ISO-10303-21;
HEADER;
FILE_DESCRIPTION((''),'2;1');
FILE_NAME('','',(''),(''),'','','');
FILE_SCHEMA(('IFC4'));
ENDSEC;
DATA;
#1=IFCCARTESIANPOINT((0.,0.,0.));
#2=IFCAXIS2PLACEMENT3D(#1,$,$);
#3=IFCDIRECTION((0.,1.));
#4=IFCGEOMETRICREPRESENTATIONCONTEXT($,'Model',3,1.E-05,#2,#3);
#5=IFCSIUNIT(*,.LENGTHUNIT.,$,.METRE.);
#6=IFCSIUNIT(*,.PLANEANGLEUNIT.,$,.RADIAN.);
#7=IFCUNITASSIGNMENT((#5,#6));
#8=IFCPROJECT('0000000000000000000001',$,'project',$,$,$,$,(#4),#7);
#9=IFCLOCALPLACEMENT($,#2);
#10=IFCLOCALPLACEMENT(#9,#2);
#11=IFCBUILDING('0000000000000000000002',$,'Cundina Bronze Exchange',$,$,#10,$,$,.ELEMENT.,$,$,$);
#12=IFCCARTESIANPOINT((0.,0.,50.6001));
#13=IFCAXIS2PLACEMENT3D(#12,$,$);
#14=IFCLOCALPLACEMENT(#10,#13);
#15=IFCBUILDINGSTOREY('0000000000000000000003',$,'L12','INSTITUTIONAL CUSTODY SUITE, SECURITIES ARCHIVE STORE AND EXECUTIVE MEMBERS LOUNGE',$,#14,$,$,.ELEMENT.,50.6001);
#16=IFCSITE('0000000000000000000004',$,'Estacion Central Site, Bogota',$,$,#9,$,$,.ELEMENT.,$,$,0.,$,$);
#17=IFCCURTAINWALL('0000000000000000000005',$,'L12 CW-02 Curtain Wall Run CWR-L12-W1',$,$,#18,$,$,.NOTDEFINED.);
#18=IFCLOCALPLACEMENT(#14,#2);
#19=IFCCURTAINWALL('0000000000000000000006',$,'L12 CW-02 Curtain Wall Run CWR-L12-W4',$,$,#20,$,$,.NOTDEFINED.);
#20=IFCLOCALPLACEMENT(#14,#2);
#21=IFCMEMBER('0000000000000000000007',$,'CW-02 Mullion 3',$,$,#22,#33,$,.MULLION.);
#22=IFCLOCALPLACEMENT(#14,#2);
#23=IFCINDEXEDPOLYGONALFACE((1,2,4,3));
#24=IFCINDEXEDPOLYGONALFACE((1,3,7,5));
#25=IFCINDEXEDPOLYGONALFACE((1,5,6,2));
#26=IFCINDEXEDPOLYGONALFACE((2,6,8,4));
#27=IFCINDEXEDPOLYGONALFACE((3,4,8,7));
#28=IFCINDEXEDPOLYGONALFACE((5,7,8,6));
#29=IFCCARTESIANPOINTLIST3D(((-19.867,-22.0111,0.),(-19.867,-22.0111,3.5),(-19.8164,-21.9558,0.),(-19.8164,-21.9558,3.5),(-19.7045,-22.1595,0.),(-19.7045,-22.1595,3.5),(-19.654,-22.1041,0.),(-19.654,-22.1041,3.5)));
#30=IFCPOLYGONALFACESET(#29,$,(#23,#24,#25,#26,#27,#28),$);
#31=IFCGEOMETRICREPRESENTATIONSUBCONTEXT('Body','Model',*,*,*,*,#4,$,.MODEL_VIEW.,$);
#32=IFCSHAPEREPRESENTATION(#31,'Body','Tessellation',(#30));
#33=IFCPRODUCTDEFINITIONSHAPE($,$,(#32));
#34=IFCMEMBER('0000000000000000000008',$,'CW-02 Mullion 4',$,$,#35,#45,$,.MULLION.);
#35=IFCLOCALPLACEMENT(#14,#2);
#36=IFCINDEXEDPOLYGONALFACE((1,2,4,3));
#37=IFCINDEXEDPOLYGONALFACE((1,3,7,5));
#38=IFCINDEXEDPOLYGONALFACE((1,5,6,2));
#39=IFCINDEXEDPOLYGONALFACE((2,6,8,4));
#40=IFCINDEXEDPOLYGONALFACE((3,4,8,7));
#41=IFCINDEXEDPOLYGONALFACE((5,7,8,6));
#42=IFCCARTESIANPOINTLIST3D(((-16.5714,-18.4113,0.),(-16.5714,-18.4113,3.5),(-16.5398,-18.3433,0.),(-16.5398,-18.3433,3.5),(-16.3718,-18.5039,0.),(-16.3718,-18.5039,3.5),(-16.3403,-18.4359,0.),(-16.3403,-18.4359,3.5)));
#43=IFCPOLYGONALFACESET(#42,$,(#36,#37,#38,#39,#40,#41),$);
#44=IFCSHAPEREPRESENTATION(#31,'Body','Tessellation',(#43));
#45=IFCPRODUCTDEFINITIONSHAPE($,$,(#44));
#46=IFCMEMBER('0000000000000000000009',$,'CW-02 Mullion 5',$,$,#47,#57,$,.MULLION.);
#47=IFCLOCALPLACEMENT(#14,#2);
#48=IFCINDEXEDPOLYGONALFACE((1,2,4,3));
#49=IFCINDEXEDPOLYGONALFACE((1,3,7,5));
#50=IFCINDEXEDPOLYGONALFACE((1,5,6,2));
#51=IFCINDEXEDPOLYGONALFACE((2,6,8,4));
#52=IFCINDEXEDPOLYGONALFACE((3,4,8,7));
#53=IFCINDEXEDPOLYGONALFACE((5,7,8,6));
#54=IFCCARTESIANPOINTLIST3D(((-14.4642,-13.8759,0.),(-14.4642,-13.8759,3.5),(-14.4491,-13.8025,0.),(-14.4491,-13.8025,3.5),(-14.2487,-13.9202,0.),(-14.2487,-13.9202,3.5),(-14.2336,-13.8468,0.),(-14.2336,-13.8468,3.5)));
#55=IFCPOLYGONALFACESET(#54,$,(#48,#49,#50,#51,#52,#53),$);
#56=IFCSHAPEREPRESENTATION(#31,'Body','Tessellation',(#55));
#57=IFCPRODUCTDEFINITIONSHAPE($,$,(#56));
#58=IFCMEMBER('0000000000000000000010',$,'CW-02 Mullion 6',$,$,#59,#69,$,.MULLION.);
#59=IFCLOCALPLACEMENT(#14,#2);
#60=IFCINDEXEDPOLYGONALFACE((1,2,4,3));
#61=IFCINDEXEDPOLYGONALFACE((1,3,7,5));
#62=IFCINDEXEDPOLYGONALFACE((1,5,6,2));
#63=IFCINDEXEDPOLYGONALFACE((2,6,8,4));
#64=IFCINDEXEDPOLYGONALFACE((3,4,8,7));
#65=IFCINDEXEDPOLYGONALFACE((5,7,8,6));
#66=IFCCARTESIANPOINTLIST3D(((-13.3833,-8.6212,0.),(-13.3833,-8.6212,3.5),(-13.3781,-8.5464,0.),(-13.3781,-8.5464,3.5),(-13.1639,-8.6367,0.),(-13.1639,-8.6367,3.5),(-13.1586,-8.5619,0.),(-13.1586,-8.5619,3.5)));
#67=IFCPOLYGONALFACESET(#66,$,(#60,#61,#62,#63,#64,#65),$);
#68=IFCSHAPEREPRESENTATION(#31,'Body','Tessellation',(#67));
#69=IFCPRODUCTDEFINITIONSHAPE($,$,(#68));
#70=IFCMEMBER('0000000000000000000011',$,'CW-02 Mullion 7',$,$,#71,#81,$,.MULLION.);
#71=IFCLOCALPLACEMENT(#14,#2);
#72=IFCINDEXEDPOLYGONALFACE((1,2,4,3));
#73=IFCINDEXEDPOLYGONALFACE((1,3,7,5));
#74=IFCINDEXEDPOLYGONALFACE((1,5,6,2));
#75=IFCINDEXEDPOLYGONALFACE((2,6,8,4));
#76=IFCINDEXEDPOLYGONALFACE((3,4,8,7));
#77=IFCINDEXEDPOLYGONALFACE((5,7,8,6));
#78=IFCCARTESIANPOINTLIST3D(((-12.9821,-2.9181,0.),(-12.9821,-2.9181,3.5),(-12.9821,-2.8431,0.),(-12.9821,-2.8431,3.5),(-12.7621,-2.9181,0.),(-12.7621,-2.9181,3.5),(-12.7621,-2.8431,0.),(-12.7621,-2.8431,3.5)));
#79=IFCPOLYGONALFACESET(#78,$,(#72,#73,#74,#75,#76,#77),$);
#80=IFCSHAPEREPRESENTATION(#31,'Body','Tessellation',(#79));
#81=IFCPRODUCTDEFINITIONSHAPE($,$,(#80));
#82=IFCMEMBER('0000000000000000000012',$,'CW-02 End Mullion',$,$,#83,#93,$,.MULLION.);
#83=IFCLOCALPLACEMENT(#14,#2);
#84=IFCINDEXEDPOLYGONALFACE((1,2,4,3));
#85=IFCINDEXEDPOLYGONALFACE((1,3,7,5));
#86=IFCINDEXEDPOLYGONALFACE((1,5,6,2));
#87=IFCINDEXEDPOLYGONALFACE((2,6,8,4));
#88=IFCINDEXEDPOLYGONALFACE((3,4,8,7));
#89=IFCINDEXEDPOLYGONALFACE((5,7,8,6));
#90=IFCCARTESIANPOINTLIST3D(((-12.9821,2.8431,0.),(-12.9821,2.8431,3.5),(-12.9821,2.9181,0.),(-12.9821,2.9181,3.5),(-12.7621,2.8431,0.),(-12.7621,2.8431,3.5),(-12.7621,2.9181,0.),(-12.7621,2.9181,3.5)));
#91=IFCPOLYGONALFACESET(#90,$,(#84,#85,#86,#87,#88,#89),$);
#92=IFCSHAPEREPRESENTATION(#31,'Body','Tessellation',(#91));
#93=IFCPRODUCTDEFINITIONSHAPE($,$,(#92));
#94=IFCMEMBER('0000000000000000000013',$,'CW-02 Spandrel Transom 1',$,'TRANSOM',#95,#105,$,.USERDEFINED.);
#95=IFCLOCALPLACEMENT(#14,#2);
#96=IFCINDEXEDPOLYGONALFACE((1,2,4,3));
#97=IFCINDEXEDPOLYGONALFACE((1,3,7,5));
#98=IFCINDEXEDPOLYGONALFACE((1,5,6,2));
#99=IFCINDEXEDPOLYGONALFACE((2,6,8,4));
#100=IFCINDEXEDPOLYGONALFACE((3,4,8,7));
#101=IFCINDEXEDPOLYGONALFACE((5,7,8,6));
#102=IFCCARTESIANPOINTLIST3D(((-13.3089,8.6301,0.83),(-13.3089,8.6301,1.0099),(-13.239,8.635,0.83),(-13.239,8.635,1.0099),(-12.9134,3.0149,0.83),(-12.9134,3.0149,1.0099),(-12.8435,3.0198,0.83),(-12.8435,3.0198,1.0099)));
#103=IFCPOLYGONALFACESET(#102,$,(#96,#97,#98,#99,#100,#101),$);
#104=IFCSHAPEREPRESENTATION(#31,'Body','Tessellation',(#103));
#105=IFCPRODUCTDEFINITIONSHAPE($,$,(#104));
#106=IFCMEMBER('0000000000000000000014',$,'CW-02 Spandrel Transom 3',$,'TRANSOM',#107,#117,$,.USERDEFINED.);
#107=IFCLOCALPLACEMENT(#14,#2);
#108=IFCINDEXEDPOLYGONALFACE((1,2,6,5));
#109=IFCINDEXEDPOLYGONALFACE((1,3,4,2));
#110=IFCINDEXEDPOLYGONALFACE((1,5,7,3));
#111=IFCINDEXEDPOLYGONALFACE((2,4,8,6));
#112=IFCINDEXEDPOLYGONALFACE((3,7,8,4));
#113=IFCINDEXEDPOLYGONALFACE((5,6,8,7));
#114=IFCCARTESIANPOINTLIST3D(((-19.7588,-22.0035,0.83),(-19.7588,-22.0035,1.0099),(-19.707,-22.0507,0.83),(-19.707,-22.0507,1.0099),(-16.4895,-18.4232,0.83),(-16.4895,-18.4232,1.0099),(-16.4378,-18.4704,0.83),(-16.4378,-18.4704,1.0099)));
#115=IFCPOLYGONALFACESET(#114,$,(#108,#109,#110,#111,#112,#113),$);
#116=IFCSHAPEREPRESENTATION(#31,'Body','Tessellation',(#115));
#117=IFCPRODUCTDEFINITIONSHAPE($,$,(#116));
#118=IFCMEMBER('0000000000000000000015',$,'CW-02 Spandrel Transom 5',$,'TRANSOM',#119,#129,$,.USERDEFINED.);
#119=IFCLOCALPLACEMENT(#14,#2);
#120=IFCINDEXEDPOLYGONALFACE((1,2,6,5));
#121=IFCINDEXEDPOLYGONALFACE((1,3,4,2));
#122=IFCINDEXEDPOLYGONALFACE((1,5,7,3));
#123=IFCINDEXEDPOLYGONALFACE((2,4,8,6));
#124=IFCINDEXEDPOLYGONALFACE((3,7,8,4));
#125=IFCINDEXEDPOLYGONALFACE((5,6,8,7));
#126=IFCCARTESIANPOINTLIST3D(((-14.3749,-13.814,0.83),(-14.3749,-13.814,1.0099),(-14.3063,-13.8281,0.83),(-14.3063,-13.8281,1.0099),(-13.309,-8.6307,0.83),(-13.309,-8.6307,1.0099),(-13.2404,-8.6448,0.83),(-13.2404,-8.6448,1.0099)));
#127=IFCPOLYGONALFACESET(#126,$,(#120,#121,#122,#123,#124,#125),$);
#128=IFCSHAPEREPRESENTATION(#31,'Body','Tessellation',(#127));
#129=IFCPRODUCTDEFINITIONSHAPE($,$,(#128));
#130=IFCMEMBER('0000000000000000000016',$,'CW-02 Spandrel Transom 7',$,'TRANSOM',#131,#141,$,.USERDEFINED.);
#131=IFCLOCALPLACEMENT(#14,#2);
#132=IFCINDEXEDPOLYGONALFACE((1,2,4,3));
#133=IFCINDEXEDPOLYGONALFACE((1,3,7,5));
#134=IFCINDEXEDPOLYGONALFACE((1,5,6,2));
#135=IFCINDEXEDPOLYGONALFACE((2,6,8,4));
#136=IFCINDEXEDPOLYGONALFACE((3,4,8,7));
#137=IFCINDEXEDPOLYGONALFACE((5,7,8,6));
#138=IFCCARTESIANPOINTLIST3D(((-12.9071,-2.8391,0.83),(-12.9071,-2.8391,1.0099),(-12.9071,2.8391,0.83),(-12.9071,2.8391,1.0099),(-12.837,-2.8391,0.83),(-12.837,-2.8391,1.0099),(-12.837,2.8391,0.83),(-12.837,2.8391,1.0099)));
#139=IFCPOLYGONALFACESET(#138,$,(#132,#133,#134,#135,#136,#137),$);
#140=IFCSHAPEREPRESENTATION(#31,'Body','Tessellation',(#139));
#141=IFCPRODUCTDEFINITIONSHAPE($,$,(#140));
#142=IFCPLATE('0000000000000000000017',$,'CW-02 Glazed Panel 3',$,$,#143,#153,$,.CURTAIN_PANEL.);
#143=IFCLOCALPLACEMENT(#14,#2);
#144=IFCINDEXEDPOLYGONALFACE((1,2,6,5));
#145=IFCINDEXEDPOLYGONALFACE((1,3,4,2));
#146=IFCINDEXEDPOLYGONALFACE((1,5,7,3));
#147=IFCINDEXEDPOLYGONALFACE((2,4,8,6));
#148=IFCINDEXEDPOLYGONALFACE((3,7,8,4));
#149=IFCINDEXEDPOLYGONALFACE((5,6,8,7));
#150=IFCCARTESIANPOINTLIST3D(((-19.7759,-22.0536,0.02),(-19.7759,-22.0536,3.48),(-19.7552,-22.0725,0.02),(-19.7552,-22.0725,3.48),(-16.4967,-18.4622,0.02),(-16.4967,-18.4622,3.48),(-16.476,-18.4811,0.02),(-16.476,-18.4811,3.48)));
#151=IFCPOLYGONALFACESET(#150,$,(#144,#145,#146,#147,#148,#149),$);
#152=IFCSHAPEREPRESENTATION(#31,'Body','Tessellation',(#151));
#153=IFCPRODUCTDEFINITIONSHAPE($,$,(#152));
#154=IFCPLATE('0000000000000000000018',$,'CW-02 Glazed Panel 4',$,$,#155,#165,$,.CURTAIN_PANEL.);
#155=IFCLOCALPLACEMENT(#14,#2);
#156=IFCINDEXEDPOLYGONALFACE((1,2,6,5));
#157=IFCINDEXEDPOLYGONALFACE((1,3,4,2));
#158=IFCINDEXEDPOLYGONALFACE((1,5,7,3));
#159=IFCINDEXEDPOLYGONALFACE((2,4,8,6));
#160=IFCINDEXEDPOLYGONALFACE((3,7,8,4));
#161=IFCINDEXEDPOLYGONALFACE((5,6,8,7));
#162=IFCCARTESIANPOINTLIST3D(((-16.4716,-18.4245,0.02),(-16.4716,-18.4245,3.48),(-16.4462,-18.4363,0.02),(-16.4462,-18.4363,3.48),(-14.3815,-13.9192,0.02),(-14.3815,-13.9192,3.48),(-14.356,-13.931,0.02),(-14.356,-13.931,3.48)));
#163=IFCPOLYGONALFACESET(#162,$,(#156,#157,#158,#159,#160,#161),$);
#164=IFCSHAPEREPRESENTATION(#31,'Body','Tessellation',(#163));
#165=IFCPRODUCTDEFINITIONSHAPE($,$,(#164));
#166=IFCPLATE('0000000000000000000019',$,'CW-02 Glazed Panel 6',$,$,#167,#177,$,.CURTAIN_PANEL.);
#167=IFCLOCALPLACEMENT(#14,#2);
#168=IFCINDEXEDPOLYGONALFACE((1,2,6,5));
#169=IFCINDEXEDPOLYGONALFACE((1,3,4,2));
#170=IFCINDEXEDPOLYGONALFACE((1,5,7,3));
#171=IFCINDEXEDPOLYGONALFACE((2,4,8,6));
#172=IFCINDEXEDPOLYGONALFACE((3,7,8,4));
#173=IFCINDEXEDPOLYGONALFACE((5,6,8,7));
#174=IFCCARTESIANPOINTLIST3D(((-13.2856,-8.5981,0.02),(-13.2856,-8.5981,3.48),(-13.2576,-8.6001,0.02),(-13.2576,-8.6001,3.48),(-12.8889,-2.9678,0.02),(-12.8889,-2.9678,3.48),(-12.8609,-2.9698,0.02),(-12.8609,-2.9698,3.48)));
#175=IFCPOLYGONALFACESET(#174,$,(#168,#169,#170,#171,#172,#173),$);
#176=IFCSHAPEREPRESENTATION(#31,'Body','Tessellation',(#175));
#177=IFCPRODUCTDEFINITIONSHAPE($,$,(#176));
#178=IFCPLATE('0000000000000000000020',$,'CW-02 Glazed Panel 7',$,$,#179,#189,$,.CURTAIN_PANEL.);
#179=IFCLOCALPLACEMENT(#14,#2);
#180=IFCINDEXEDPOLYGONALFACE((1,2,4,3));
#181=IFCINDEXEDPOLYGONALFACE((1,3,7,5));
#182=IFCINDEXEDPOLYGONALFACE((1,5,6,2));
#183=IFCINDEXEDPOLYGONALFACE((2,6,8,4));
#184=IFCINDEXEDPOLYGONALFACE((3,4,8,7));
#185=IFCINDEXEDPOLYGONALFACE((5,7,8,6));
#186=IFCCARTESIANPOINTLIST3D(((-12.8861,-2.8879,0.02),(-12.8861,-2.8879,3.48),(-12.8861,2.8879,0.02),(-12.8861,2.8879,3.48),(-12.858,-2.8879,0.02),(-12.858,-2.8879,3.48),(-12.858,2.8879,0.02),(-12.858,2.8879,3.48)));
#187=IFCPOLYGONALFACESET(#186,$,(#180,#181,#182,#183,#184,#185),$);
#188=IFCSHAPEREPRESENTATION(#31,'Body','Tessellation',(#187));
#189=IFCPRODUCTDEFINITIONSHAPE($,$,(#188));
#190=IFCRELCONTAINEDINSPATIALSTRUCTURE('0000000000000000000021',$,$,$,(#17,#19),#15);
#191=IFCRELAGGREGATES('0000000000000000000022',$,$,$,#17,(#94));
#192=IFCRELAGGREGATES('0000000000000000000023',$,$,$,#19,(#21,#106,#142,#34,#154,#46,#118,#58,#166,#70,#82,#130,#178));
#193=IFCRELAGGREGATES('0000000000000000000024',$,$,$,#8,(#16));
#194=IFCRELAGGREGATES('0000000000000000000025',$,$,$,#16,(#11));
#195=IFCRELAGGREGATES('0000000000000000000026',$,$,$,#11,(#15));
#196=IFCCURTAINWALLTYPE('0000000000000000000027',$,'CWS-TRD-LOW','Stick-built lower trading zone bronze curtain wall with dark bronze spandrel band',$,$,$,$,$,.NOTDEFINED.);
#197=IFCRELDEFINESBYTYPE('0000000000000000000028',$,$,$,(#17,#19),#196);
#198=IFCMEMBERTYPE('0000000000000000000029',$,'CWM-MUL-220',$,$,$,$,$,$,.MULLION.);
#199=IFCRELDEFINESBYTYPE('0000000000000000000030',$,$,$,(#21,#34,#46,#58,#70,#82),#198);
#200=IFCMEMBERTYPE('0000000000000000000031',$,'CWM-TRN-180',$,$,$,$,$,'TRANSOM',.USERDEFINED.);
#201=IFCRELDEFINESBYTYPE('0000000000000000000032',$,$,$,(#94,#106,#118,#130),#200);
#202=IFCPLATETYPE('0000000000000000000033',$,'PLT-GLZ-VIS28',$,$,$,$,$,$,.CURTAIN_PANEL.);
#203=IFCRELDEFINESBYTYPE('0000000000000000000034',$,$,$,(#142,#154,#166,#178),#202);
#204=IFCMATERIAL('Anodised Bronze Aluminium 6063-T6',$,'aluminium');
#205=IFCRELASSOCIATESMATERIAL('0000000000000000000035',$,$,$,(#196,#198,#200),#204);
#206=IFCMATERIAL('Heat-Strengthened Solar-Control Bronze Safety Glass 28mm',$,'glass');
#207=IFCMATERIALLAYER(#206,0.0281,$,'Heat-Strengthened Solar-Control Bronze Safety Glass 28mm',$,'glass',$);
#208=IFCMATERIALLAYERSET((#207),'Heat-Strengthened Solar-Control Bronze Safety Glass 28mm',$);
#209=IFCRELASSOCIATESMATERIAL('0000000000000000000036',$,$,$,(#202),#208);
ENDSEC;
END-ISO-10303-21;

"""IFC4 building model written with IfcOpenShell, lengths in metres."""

from ifc_helpers import new_model, si_unit, direction, frame, origin, origin_2d, place, context, subcontext, project, spatial, rectangle, extrude, material, layer, layer_set, material_profile, profile_set, type_object, element, aggregate, save


model = new_model("IFC4")

# Units and contexts
model_context = context("Model", 3, precision=1e-05, world=origin(), true_north=direction((0.0, 1.0)))
body_context = subcontext(model_context, "Body", "Model", "MODEL_VIEW")
ifc_project = project(units=[si_unit("LENGTHUNIT", "METRE"), si_unit("PLANEANGLEUNIT", "RADIAN")], contexts=[model_context])

# Site, building, storey
site_placement = place(None, origin())
site = spatial("IfcSite", under=ifc_project, at=site_placement, Name="Estacion Central Site, Bogota", CompositionType="ELEMENT", RefElevation=0.0)
building_placement = place(site_placement, origin())
building = spatial("IfcBuilding", under=site, at=building_placement, Name="Cundina Bronze Exchange", CompositionType="ELEMENT")
storey_placement = place(building_placement, frame((0.0, 0.0, 50.6001)))
storey = spatial("IfcBuildingStorey", under=building, at=storey_placement, Name="L12", Description="INSTITUTIONAL CUSTODY SUITE, SECURITIES ARCHIVE STORE AND EXECUTIVE MEMBERS LOUNGE", CompositionType="ELEMENT", Elevation=50.6001)

# Curtain wall
ifc_material_1 = material(Name="Anodised Bronze Aluminium 6063-T6", Category="aluminium")
curtain_wall_type = type_object("IfcCurtainWallType", Name="CWS-TRD-LOW", Description="Stick-built lower trading zone bronze curtain wall with dark bronze spandrel band", PredefinedType="NOTDEFINED", material=ifc_material_1)
curtain_wall_1_placement = place(storey_placement, origin())
curtain_wall_1 = element("IfcCurtainWall", 1, at=curtain_wall_1_placement, inside=storey, type_object=curtain_wall_type, Name="L12 CW-02 Curtain Wall Run CWR-L12-W1", PredefinedType="NOTDEFINED")
ifc_material_profile_1 = material_profile(ifc_material_1, rectangle(XDim=0.075, YDim=0.22, at=origin_2d()), Name="AL75X220", Category="aluminium")
ifc_profile_set_1 = profile_set([ifc_material_profile_1], Name="Anodised Bronze Aluminium 6063-T6")
member_type_1 = type_object("IfcMemberType", Name="CWM-MUL-220", PredefinedType="MULLION", material=ifc_profile_set_1)

# Curtain wall, members
curtain_wall_2_placement = place(storey_placement, origin())
curtain_wall_2 = element("IfcCurtainWall", 2, at=curtain_wall_2_placement, inside=storey, type_object=curtain_wall_type, Name="L12 CW-02 Curtain Wall Run CWR-L12-W4", PredefinedType="NOTDEFINED")
member_1_placement = place(storey_placement, frame((-19.7605, -22.0576, 0.0), z_axis=(0.0, 0.0, 1.0), x_axis=(0.674302, 0.738455, 0.0)))
member_1 = element("IfcMember", 3, at=member_1_placement, type_object=member_type_1, Name="CW-02 Mullion 3", PredefinedType="MULLION", context=body_context, shape_type="SweptSolid", body=[
    extrude(rectangle(XDim=0.075, YDim=0.22, at=origin_2d()), origin(), (0.0, 0.0, 1.0), 3.5),
])
member_2_placement = place(storey_placement, frame((-16.4558, -18.4236, 0.0), z_axis=(0.0, 0.0, 1.0), x_axis=(0.420877, 0.907117, 0.0)))
member_2 = element("IfcMember", 4, at=member_2_placement, type_object=member_type_1, Name="CW-02 Mullion 4", PredefinedType="MULLION", context=body_context, shape_type="SweptSolid", body=[
    extrude(rectangle(XDim=0.075, YDim=0.22, at=origin_2d()), origin(), (0.0, 0.0, 1.0), 3.5),
])
member_3_placement = place(storey_placement, frame((-14.3489, -13.8613, 0.0), z_axis=(0.0, 0.0, 1.0), x_axis=(0.20142, 0.979505, 0.0)))
member_3 = element("IfcMember", 5, at=member_3_placement, type_object=member_type_1, Name="CW-02 Mullion 5", PredefinedType="MULLION", context=body_context, shape_type="SweptSolid", body=[
    extrude(rectangle(XDim=0.075, YDim=0.22, at=origin_2d()), origin(), (0.0, 0.0, 1.0), 3.5),
])
member_4_placement = place(storey_placement, frame((-13.271, -8.5916, 0.0), z_axis=(0.0, 0.0, 1.0), x_axis=(0.070279, 0.997527, 0.0)))
member_4 = element("IfcMember", 6, at=member_4_placement, type_object=member_type_1, Name="CW-02 Mullion 6", PredefinedType="MULLION", context=body_context, shape_type="SweptSolid", body=[
    extrude(rectangle(XDim=0.075, YDim=0.22, at=origin_2d()), origin(), (0.0, 0.0, 1.0), 3.5),
])
member_5_placement = place(storey_placement, frame((-12.8721, -2.8806, 0.0), z_axis=(0.0, 0.0, 1.0), x_axis=(0.0, 1.0, 0.0)))
member_5 = element("IfcMember", 7, at=member_5_placement, type_object=member_type_1, Name="CW-02 Mullion 7", PredefinedType="MULLION", context=body_context, shape_type="SweptSolid", body=[
    extrude(rectangle(XDim=0.075, YDim=0.22, at=origin_2d()), origin(), (0.0, 0.0, 1.0), 3.5),
])
member_6_placement = place(storey_placement, frame((-12.8721, 2.8806, 0.0), z_axis=(0.0, 0.0, 1.0), x_axis=(0.0, 1.0, 0.0)))
member_6 = element("IfcMember", 8, at=member_6_placement, type_object=member_type_1, Name="CW-02 End Mullion", PredefinedType="MULLION", context=body_context, shape_type="SweptSolid", body=[
    extrude(rectangle(XDim=0.075, YDim=0.22, at=origin_2d()), origin(), (0.0, 0.0, 1.0), 3.5),
])

# Members
ifc_material_profile_2 = material_profile(ifc_material_1, rectangle(XDim=0.0701, YDim=0.1799, at=origin_2d()), Name="AL70X180", Category="aluminium")
ifc_profile_set_2 = profile_set([ifc_material_profile_2], Name="Anodised Bronze Aluminium 6063-T6")
member_type_2 = type_object("IfcMemberType", Name="CWM-TRN-180", ElementType="TRANSOM", PredefinedType="USERDEFINED", material=ifc_profile_set_2)
member_7_placement = place(storey_placement, frame((-12.8784, 3.0173, 0.9199), z_axis=(-0.070261, 0.997529, 0.0), x_axis=(-0.997529, -0.070261, 0.0)))
member_7 = element("IfcMember", 9, at=member_7_placement, type_object=member_type_2, Name="CW-02 Spandrel Transom 1", ObjectType="TRANSOM", PredefinedType="USERDEFINED", context=body_context, shape_type="SweptSolid", body=[
    extrude(rectangle(XDim=0.0701, YDim=0.1799, at=origin_2d()), origin(), (0.0, 0.0, 1.0), 5.6292),
])
aggregate(curtain_wall_1, [member_7])
member_8_placement = place(storey_placement, frame((-19.7329, -22.0271, 0.9199), z_axis=(0.674303, 0.738455, 0.0), x_axis=(-0.738455, 0.674303, 0.0)))
member_8 = element("IfcMember", 10, at=member_8_placement, type_object=member_type_2, Name="CW-02 Spandrel Transom 3", ObjectType="TRANSOM", PredefinedType="USERDEFINED", context=body_context, shape_type="SweptSolid", body=[
    extrude(rectangle(XDim=0.0701, YDim=0.1799, at=origin_2d()), origin(), (0.0, 0.0, 1.0), 4.8484),
])
member_9_placement = place(storey_placement, frame((-14.3406, -13.821, 0.9199), z_axis=(0.201428, 0.979503, 0.0), x_axis=(-0.979503, 0.201428, 0.0)))
member_9 = element("IfcMember", 11, at=member_9_placement, type_object=member_type_2, Name="CW-02 Spandrel Transom 5", ObjectType="TRANSOM", PredefinedType="USERDEFINED", context=body_context, shape_type="SweptSolid", body=[
    extrude(rectangle(XDim=0.0701, YDim=0.1799, at=origin_2d()), origin(), (0.0, 0.0, 1.0), 5.2917),
])
member_10_placement = place(storey_placement, frame((-12.8721, -2.8391, 0.9199), z_axis=(0.0, 1.0, 0.0), x_axis=(-1.0, 0.0, 0.0)))
member_10 = element("IfcMember", 12, at=member_10_placement, type_object=member_type_2, Name="CW-02 Spandrel Transom 7", ObjectType="TRANSOM", PredefinedType="USERDEFINED", context=body_context, shape_type="SweptSolid", body=[
    extrude(rectangle(XDim=0.0701, YDim=0.1799, at=origin_2d()), origin(), (0.0, 0.0, 1.0), 5.6782),
])

# Plates
ifc_material_2 = material(Name="Heat-Strengthened Solar-Control Bronze Safety Glass 28mm", Category="glass")
ifc_layer_1 = layer(ifc_material_2, 0.0281, Name="Heat-Strengthened Solar-Control Bronze Safety Glass 28mm", Category="glass")
ifc_layer_set_1 = layer_set([ifc_layer_1], Name="Heat-Strengthened Solar-Control Bronze Safety Glass 28mm")
plate_type_1 = type_object("IfcPlateType", Name="PLT-GLZ-VIS28", PredefinedType="CURTAIN_PANEL", material=ifc_layer_set_1)
plate_1_placement = place(storey_placement, frame((-18.126, -20.2673, 0.02), z_axis=(0.0, 0.0, 1.0), x_axis=(0.674277, 0.738479, 0.0)))
plate_1 = element("IfcPlate", 13, at=plate_1_placement, type_object=plate_type_1, Name="CW-02 Glazed Panel 3", PredefinedType="CURTAIN_PANEL", context=body_context, shape_type="SweptSolid", body=[
    extrude(rectangle(XDim=4.8633, YDim=0.0281, at=origin_2d()), origin(), (0.0, 0.0, 1.0), 3.46),
])
plate_2_placement = place(storey_placement, frame((-15.4138, -16.1777, 0.02), z_axis=(0.0, 0.0, 1.0), x_axis=(0.420846, 0.907132, 0.0)))
plate_2 = element("IfcPlate", 14, at=plate_2_placement, type_object=plate_type_1, Name="CW-02 Glazed Panel 4", PredefinedType="CURTAIN_PANEL", context=body_context, shape_type="SweptSolid", body=[
    extrude(rectangle(XDim=4.9666, YDim=0.0281, at=origin_2d()), origin(), (0.0, 0.0, 1.0), 3.46),
])
plate_3_placement = place(storey_placement, frame((-13.0732, -5.7839, 0.02), z_axis=(0.0, 0.0, 1.0), x_axis=(0.070279, 0.997527, 0.0)))
plate_3 = element("IfcPlate", 15, at=plate_3_placement, type_object=plate_type_1, Name="CW-02 Glazed Panel 6", PredefinedType="CURTAIN_PANEL", context=body_context, shape_type="SweptSolid", body=[
    extrude(rectangle(XDim=5.6443, YDim=0.0281, at=origin_2d()), origin(), (0.0, 0.0, 1.0), 3.46),
])
plate_4_placement = place(storey_placement, frame((-12.8721, 0.0, 0.02), z_axis=(0.0, 0.0, 1.0), x_axis=(0.0, 1.0, 0.0)))
plate_4 = element("IfcPlate", 16, at=plate_4_placement, type_object=plate_type_1, Name="CW-02 Glazed Panel 7", PredefinedType="CURTAIN_PANEL", context=body_context, shape_type="SweptSolid", body=[
    extrude(rectangle(XDim=5.7759, YDim=0.0281, at=origin_2d()), origin(), (0.0, 0.0, 1.0), 3.46),
])
aggregate(curtain_wall_2, [member_1, member_8, plate_1, member_2, plate_2, member_3, member_9, member_4, plate_3, member_5, member_6, member_10, plate_4])

save(model, "model.ifc")
